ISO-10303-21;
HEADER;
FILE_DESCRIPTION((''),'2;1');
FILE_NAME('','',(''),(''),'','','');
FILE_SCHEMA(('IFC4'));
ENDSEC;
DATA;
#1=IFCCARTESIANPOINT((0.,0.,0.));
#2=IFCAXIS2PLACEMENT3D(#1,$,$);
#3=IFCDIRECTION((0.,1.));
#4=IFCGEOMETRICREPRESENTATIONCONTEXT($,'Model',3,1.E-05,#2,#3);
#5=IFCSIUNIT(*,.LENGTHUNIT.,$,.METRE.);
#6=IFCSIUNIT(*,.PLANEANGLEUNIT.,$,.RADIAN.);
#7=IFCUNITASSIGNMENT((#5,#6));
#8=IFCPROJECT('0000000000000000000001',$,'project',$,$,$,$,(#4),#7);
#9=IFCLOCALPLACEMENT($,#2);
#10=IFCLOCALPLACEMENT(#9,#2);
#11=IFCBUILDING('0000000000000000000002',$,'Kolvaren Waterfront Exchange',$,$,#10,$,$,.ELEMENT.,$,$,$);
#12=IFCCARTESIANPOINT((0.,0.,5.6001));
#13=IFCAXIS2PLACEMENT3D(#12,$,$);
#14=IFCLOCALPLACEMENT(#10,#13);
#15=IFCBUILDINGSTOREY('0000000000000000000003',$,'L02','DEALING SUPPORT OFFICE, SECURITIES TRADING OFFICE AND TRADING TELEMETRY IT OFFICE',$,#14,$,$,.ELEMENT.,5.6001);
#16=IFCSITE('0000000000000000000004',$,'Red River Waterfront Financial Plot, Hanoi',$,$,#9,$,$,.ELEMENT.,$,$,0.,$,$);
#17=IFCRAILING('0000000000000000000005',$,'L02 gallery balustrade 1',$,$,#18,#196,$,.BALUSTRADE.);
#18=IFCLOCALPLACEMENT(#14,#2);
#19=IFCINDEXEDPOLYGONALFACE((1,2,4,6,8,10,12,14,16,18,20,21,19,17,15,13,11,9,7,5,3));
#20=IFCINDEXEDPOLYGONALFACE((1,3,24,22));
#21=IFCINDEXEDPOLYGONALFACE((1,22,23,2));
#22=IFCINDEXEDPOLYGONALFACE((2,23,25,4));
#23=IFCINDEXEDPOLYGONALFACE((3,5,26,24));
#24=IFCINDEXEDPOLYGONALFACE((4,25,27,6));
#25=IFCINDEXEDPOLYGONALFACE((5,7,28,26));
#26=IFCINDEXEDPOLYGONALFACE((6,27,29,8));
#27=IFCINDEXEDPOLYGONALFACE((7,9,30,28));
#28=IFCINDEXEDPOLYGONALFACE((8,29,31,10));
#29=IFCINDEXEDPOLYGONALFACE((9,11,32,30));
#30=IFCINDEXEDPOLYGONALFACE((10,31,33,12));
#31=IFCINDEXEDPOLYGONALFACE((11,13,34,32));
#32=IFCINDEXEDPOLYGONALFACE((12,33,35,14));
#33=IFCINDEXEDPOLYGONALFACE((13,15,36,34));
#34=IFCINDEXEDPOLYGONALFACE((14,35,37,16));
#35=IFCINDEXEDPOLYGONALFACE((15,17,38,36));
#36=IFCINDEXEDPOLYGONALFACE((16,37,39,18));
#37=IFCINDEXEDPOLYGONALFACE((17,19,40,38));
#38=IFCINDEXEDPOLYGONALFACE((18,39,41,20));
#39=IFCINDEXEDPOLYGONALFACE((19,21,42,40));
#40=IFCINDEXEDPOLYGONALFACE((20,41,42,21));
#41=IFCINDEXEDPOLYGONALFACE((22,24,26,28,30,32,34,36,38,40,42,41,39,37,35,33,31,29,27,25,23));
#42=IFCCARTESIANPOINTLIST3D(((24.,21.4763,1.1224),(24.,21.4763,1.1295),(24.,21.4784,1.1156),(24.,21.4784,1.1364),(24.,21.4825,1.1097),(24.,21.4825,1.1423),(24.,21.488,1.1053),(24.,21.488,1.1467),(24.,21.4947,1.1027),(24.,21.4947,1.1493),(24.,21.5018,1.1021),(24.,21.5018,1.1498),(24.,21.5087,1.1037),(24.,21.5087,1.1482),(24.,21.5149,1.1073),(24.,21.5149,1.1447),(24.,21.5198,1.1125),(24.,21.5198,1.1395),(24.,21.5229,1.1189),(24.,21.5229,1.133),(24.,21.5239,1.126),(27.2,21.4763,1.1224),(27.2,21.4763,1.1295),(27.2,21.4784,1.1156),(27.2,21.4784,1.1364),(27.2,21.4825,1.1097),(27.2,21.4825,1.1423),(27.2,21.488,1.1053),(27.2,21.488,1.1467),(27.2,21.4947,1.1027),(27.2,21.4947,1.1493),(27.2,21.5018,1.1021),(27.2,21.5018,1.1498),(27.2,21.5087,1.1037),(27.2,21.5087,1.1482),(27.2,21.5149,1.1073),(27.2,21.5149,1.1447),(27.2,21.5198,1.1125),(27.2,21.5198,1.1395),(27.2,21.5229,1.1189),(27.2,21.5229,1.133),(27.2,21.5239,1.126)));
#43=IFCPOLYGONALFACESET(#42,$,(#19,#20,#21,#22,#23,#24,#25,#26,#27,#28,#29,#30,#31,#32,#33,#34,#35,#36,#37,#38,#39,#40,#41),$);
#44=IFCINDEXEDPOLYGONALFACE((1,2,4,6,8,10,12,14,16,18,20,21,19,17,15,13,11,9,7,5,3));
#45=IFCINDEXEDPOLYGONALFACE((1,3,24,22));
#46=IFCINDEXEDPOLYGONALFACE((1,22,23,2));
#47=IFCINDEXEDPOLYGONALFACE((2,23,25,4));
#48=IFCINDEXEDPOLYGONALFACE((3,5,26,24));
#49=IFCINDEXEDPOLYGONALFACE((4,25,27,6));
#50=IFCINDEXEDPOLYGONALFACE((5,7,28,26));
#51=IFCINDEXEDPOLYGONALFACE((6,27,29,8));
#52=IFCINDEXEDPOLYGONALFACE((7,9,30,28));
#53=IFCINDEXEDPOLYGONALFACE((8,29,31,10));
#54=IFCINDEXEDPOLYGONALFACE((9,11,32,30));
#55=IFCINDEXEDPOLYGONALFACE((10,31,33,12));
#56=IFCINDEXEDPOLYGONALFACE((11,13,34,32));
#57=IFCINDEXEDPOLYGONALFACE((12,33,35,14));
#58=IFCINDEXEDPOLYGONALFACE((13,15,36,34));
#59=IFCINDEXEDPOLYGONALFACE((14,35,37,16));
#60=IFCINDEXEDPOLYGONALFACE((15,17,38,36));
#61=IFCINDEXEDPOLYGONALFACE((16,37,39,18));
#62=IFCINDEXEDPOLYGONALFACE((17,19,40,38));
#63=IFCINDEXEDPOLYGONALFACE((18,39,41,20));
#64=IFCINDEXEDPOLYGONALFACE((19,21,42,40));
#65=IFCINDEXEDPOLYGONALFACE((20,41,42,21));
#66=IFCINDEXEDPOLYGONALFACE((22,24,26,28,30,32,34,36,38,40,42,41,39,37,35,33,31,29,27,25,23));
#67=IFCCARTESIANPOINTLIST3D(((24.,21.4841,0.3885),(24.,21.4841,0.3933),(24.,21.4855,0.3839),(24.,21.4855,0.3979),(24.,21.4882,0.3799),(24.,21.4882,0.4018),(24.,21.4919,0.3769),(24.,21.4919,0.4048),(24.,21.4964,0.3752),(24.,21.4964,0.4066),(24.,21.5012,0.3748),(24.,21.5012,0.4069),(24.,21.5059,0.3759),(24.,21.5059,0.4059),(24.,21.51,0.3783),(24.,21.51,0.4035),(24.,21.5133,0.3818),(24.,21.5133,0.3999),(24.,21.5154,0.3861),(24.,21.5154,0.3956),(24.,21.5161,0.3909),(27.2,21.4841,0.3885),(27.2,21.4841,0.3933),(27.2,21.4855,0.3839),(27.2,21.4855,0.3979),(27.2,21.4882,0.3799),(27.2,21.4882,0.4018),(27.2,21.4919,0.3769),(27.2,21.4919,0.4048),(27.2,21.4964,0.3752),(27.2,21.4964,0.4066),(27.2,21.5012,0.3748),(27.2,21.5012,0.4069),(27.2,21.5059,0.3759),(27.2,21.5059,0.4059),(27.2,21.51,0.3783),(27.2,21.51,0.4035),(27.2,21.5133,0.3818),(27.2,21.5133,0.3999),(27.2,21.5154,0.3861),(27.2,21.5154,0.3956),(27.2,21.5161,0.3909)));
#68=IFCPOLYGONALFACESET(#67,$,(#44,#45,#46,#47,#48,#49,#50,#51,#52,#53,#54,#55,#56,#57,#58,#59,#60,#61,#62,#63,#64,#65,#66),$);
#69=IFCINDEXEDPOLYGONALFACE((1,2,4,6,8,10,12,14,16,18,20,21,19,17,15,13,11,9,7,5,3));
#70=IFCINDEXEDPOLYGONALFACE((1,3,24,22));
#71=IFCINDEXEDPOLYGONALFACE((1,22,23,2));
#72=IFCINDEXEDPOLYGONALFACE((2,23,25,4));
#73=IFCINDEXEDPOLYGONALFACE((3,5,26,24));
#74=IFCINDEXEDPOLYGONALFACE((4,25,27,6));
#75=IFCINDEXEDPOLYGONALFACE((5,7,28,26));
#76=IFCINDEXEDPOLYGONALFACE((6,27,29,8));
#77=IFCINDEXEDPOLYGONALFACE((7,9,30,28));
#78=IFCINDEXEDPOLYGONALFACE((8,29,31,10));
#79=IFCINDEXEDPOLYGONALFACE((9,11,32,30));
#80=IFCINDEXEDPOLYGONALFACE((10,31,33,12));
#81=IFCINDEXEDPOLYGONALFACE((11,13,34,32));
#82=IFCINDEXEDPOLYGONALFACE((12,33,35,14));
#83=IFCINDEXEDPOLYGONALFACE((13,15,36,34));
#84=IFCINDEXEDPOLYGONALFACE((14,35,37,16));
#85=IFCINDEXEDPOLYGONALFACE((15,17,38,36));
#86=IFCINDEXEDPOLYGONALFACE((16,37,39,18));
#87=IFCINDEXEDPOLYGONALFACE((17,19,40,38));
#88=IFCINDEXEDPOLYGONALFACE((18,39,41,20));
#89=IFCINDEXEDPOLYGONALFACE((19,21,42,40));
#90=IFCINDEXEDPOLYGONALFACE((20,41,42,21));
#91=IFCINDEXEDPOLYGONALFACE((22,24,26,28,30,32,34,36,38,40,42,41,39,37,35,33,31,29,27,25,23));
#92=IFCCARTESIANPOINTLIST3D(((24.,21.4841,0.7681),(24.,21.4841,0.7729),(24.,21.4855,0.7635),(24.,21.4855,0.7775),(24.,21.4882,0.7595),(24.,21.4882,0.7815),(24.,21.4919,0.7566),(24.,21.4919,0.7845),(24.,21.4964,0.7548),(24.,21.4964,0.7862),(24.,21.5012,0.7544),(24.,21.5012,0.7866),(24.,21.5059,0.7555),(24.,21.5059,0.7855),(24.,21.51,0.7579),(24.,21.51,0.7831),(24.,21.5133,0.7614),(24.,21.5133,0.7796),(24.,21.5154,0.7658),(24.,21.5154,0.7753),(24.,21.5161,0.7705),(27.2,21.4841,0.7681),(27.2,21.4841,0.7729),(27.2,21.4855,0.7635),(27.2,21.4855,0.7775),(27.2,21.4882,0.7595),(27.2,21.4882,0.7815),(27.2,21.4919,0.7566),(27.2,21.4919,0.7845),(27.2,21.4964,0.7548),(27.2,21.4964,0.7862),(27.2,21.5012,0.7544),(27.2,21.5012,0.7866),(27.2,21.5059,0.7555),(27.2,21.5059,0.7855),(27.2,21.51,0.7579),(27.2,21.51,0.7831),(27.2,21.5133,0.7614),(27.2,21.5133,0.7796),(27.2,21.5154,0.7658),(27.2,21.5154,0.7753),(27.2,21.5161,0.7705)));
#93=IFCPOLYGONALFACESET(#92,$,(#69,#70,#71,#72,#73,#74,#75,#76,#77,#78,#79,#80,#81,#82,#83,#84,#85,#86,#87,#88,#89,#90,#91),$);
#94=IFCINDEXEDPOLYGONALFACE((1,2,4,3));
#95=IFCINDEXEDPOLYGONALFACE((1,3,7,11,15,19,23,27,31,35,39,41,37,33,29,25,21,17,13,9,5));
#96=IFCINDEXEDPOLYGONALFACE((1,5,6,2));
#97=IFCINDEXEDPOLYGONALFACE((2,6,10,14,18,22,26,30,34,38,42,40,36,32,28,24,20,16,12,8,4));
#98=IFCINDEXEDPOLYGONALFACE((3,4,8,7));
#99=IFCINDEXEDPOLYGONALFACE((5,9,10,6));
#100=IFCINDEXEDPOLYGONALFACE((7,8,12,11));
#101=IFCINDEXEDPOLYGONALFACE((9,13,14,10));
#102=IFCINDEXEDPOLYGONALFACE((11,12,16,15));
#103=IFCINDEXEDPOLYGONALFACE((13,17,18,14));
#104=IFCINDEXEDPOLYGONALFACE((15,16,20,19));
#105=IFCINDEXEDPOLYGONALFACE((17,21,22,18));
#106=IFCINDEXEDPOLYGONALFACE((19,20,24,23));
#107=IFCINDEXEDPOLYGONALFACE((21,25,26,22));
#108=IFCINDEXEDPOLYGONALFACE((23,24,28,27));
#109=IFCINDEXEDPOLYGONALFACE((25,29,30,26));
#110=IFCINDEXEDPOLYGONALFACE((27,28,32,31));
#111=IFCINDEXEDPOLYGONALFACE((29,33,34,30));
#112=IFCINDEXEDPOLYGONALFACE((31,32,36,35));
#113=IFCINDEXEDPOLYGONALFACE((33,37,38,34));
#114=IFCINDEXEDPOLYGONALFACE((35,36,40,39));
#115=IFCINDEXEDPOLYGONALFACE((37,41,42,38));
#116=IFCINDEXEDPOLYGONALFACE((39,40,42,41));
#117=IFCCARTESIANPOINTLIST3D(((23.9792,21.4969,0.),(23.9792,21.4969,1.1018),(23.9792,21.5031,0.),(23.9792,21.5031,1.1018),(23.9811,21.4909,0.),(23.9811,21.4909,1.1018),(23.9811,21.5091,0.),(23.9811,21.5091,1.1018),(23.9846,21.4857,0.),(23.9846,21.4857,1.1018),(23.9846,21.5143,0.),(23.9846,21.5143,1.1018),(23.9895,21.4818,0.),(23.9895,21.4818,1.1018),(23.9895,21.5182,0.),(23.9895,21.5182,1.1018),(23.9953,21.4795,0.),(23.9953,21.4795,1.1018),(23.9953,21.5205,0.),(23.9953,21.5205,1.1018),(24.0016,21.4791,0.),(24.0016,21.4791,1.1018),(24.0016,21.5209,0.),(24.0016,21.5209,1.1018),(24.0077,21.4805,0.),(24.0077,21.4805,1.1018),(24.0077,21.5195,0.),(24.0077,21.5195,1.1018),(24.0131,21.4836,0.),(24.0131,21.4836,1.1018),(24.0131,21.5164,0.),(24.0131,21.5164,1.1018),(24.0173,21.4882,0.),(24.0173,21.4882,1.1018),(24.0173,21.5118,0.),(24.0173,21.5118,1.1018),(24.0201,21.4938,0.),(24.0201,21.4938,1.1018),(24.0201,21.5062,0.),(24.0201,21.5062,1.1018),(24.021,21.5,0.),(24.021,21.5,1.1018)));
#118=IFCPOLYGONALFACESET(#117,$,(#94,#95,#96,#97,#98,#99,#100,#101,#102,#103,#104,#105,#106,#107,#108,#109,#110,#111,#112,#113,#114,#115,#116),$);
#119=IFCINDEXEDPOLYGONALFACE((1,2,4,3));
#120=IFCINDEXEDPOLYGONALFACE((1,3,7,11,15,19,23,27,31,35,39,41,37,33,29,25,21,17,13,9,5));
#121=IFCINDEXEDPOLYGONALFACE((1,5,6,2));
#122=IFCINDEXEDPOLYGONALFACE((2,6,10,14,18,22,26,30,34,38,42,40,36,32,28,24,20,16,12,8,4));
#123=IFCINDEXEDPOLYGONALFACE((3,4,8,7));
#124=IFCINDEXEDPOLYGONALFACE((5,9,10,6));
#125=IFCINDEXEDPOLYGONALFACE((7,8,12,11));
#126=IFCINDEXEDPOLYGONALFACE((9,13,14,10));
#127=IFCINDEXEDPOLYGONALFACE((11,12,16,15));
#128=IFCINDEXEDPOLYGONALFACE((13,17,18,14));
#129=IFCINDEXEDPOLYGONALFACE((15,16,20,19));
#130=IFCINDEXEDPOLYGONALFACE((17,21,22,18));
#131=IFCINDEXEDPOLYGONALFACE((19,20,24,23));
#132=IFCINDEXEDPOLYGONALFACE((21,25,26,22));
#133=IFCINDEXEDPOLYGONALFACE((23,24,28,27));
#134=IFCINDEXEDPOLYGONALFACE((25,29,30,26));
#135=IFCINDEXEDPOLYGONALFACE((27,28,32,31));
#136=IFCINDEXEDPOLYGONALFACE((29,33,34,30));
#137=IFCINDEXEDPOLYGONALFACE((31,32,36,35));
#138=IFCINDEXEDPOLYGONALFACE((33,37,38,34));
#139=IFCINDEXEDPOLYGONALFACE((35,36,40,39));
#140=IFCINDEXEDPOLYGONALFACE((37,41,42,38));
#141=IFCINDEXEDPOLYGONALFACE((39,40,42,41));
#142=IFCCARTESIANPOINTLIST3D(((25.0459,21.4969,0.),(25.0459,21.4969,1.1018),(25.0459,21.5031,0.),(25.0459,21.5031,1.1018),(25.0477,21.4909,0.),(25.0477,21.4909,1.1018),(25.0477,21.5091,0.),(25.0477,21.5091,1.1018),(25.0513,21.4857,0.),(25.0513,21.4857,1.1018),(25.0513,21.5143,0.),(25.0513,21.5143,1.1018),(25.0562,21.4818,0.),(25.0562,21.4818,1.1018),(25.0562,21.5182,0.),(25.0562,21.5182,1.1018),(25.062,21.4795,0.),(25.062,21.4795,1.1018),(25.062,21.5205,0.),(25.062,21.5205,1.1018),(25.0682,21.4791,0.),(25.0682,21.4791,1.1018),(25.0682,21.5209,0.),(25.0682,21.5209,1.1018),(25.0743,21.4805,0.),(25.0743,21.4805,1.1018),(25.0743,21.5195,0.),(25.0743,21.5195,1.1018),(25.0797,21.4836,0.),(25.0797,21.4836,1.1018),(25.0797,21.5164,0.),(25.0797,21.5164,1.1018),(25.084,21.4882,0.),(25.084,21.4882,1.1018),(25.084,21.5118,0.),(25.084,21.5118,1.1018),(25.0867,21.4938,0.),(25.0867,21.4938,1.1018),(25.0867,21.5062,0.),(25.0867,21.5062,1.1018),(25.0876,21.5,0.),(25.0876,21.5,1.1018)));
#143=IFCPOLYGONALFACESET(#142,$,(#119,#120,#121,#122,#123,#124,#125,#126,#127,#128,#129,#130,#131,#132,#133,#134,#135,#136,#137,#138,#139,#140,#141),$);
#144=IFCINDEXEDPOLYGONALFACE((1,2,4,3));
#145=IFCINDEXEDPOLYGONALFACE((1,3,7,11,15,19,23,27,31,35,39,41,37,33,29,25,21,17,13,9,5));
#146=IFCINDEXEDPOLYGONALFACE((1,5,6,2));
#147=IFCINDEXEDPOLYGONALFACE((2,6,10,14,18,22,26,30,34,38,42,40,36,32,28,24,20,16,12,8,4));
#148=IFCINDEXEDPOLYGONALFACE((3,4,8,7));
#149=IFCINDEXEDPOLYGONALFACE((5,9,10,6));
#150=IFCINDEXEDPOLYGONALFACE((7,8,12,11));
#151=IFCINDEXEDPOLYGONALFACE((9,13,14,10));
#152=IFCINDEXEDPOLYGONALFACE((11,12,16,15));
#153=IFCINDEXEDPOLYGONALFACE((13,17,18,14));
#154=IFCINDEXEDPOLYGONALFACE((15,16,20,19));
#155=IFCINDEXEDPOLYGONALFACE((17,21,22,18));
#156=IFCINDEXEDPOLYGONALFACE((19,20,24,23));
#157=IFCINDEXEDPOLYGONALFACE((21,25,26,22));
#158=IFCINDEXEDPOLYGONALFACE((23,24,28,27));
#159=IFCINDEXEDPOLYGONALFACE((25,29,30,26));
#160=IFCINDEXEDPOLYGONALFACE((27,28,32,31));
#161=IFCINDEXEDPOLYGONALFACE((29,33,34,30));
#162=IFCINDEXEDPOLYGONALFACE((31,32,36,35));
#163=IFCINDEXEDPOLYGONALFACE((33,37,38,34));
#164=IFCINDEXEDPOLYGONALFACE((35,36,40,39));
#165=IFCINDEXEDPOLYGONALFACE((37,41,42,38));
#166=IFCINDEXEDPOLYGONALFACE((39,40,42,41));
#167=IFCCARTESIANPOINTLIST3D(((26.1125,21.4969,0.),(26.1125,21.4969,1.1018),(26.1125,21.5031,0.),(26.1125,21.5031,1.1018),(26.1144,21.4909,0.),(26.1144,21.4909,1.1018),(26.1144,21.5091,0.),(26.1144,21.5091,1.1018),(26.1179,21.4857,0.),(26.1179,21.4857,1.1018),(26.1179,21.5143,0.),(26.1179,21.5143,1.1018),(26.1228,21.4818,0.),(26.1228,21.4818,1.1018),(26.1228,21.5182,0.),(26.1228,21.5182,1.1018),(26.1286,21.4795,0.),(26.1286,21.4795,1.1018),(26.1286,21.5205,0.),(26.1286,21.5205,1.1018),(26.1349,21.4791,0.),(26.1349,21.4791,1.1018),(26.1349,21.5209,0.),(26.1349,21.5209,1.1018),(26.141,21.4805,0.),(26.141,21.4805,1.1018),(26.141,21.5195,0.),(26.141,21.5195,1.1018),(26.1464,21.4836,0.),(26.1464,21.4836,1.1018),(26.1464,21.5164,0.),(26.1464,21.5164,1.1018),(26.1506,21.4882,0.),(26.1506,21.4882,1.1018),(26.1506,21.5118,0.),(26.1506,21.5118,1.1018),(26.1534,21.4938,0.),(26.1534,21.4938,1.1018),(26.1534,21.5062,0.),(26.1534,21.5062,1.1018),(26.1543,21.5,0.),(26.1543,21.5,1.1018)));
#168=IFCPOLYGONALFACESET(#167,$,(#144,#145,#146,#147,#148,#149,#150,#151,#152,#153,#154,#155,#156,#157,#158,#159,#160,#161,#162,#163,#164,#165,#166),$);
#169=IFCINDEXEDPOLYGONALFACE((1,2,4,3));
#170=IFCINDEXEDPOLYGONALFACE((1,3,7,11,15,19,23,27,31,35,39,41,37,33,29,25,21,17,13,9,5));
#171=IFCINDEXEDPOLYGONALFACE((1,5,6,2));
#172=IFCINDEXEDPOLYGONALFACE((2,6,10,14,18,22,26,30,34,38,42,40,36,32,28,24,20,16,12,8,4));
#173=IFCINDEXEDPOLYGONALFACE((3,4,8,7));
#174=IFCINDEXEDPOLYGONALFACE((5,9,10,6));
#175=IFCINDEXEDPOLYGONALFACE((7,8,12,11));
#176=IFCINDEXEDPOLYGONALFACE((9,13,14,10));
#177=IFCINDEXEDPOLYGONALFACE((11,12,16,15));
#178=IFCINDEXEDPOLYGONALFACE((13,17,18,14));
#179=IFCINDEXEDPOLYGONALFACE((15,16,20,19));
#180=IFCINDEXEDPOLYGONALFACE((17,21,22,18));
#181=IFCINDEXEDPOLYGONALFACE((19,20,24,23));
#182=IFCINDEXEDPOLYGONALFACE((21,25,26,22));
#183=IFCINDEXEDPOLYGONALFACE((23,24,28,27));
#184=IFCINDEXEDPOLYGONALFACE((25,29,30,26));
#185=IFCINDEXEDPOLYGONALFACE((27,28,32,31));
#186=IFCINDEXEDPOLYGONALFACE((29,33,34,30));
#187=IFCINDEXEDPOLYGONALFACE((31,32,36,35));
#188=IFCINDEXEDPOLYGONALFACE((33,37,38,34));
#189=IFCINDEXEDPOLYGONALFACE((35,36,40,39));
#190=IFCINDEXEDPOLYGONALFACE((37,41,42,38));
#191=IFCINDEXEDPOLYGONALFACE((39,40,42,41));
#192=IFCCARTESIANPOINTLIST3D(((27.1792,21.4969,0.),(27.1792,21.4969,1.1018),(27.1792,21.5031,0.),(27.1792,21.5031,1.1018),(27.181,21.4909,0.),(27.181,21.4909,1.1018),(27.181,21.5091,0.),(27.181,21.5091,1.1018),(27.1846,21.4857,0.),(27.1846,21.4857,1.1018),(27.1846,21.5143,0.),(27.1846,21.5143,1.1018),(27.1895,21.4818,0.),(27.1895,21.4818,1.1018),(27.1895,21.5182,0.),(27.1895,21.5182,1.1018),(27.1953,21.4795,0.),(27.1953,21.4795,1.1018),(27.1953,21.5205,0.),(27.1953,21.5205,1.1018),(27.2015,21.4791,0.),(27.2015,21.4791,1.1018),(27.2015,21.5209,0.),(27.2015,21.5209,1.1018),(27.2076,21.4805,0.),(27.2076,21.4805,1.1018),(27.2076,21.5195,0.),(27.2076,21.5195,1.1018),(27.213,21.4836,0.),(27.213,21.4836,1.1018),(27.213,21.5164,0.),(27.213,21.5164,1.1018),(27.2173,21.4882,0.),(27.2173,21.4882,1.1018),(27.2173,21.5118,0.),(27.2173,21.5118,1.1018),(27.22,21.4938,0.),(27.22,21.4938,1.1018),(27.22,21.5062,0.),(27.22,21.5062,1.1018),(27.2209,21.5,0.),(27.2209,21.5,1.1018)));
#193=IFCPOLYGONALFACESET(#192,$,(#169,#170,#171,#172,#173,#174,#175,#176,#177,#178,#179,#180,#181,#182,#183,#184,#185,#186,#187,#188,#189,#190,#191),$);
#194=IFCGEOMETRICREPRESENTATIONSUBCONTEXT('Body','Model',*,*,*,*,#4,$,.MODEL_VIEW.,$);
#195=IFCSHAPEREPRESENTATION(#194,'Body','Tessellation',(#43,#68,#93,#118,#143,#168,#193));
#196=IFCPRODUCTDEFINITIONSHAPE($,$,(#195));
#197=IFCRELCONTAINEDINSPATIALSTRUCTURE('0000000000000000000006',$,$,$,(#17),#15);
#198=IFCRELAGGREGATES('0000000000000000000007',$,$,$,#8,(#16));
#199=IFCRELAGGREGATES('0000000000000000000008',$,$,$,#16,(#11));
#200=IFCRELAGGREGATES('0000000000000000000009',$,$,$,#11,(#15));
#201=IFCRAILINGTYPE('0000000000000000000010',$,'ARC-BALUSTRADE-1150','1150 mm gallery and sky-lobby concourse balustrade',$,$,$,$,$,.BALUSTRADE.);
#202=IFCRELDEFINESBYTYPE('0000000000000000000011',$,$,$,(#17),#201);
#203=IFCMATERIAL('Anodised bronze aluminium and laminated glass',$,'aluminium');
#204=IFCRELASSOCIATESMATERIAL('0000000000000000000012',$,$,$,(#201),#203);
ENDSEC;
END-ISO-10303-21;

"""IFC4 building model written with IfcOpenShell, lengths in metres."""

from ifc_helpers import new_model, si_unit, direction, frame, origin, origin_2d, place, context, subcontext, project, spatial, circle, extrude, material, type_object, element, save


model = new_model("IFC4")

# Units and contexts
model_context = context("Model", 3, precision=1e-05, world=origin(), true_north=direction((0.0, 1.0)))
body_context = subcontext(model_context, "Body", "Model", "MODEL_VIEW")
ifc_project = project(units=[si_unit("LENGTHUNIT", "METRE"), si_unit("PLANEANGLEUNIT", "RADIAN")], contexts=[model_context])

# Site, building, storey
site_placement = place(None, origin())
site = spatial("IfcSite", under=ifc_project, at=site_placement, Name="Red River Waterfront Financial Plot, Hanoi", CompositionType="ELEMENT", RefElevation=0.0)
building_placement = place(site_placement, origin())
building = spatial("IfcBuilding", under=site, at=building_placement, Name="Kolvaren Waterfront Exchange", CompositionType="ELEMENT")
storey_placement = place(building_placement, frame((0.0, 0.0, 5.6001)))
storey = spatial("IfcBuildingStorey", under=building, at=storey_placement, Name="L02", Description="DEALING SUPPORT OFFICE, SECURITIES TRADING OFFICE AND TRADING TELEMETRY IT OFFICE", CompositionType="ELEMENT", Elevation=5.6001)

# Railing
ifc_material_1 = material(Name="Anodised bronze aluminium and laminated glass", Category="aluminium")
railing_type_1 = type_object("IfcRailingType", Name="ARC-BALUSTRADE-1150", Description="1150 mm gallery and sky-lobby concourse balustrade", PredefinedType="BALUSTRADE", material=ifc_material_1)
for number, where, name in (
    (1, (24.0, 21.5, 0.0), "L02 gallery balustrade 1"),
):
    element("IfcRailing", number, at=place(storey_placement, frame(where)), inside=storey, type_object=railing_type_1, Name=name, PredefinedType="BALUSTRADE", context=body_context, shape_type="SweptSolid", body=[
        extrude(circle(Radius=0.0239, at=origin_2d()), frame((0.0, 0.0, 1.126), z_axis=(1.0, 0.0, 0.0), x_axis=(0.0, 1.0, 0.0)), (0.0, 0.0, 1.0), 3.2),
        extrude(circle(Radius=0.0161, at=origin_2d()), frame((0.0, 0.0, 0.3909), z_axis=(1.0, 0.0, 0.0), x_axis=(0.0, 1.0, 0.0)), (0.0, 0.0, 1.0), 3.2),
        extrude(circle(Radius=0.0161, at=origin_2d()), frame((0.0, 0.0, 0.7705), z_axis=(1.0, 0.0, 0.0), x_axis=(0.0, 1.0, 0.0)), (0.0, 0.0, 1.0), 3.2),
        extrude(circle(Radius=0.021, at=origin_2d()), origin(), (0.0, 0.0, 1.0), 1.1018),
        extrude(circle(Radius=0.021, at=origin_2d()), frame((1.0667, 0.0, 0.0)), (0.0, 0.0, 1.0), 1.1018),
        extrude(circle(Radius=0.021, at=origin_2d()), frame((2.1333, 0.0, 0.0)), (0.0, 0.0, 1.0), 1.1018),
        extrude(circle(Radius=0.021, at=origin_2d()), frame((3.2, 0.0, 0.0)), (0.0, 0.0, 1.0), 1.1018),
    ])

save(model, "model.ifc")
